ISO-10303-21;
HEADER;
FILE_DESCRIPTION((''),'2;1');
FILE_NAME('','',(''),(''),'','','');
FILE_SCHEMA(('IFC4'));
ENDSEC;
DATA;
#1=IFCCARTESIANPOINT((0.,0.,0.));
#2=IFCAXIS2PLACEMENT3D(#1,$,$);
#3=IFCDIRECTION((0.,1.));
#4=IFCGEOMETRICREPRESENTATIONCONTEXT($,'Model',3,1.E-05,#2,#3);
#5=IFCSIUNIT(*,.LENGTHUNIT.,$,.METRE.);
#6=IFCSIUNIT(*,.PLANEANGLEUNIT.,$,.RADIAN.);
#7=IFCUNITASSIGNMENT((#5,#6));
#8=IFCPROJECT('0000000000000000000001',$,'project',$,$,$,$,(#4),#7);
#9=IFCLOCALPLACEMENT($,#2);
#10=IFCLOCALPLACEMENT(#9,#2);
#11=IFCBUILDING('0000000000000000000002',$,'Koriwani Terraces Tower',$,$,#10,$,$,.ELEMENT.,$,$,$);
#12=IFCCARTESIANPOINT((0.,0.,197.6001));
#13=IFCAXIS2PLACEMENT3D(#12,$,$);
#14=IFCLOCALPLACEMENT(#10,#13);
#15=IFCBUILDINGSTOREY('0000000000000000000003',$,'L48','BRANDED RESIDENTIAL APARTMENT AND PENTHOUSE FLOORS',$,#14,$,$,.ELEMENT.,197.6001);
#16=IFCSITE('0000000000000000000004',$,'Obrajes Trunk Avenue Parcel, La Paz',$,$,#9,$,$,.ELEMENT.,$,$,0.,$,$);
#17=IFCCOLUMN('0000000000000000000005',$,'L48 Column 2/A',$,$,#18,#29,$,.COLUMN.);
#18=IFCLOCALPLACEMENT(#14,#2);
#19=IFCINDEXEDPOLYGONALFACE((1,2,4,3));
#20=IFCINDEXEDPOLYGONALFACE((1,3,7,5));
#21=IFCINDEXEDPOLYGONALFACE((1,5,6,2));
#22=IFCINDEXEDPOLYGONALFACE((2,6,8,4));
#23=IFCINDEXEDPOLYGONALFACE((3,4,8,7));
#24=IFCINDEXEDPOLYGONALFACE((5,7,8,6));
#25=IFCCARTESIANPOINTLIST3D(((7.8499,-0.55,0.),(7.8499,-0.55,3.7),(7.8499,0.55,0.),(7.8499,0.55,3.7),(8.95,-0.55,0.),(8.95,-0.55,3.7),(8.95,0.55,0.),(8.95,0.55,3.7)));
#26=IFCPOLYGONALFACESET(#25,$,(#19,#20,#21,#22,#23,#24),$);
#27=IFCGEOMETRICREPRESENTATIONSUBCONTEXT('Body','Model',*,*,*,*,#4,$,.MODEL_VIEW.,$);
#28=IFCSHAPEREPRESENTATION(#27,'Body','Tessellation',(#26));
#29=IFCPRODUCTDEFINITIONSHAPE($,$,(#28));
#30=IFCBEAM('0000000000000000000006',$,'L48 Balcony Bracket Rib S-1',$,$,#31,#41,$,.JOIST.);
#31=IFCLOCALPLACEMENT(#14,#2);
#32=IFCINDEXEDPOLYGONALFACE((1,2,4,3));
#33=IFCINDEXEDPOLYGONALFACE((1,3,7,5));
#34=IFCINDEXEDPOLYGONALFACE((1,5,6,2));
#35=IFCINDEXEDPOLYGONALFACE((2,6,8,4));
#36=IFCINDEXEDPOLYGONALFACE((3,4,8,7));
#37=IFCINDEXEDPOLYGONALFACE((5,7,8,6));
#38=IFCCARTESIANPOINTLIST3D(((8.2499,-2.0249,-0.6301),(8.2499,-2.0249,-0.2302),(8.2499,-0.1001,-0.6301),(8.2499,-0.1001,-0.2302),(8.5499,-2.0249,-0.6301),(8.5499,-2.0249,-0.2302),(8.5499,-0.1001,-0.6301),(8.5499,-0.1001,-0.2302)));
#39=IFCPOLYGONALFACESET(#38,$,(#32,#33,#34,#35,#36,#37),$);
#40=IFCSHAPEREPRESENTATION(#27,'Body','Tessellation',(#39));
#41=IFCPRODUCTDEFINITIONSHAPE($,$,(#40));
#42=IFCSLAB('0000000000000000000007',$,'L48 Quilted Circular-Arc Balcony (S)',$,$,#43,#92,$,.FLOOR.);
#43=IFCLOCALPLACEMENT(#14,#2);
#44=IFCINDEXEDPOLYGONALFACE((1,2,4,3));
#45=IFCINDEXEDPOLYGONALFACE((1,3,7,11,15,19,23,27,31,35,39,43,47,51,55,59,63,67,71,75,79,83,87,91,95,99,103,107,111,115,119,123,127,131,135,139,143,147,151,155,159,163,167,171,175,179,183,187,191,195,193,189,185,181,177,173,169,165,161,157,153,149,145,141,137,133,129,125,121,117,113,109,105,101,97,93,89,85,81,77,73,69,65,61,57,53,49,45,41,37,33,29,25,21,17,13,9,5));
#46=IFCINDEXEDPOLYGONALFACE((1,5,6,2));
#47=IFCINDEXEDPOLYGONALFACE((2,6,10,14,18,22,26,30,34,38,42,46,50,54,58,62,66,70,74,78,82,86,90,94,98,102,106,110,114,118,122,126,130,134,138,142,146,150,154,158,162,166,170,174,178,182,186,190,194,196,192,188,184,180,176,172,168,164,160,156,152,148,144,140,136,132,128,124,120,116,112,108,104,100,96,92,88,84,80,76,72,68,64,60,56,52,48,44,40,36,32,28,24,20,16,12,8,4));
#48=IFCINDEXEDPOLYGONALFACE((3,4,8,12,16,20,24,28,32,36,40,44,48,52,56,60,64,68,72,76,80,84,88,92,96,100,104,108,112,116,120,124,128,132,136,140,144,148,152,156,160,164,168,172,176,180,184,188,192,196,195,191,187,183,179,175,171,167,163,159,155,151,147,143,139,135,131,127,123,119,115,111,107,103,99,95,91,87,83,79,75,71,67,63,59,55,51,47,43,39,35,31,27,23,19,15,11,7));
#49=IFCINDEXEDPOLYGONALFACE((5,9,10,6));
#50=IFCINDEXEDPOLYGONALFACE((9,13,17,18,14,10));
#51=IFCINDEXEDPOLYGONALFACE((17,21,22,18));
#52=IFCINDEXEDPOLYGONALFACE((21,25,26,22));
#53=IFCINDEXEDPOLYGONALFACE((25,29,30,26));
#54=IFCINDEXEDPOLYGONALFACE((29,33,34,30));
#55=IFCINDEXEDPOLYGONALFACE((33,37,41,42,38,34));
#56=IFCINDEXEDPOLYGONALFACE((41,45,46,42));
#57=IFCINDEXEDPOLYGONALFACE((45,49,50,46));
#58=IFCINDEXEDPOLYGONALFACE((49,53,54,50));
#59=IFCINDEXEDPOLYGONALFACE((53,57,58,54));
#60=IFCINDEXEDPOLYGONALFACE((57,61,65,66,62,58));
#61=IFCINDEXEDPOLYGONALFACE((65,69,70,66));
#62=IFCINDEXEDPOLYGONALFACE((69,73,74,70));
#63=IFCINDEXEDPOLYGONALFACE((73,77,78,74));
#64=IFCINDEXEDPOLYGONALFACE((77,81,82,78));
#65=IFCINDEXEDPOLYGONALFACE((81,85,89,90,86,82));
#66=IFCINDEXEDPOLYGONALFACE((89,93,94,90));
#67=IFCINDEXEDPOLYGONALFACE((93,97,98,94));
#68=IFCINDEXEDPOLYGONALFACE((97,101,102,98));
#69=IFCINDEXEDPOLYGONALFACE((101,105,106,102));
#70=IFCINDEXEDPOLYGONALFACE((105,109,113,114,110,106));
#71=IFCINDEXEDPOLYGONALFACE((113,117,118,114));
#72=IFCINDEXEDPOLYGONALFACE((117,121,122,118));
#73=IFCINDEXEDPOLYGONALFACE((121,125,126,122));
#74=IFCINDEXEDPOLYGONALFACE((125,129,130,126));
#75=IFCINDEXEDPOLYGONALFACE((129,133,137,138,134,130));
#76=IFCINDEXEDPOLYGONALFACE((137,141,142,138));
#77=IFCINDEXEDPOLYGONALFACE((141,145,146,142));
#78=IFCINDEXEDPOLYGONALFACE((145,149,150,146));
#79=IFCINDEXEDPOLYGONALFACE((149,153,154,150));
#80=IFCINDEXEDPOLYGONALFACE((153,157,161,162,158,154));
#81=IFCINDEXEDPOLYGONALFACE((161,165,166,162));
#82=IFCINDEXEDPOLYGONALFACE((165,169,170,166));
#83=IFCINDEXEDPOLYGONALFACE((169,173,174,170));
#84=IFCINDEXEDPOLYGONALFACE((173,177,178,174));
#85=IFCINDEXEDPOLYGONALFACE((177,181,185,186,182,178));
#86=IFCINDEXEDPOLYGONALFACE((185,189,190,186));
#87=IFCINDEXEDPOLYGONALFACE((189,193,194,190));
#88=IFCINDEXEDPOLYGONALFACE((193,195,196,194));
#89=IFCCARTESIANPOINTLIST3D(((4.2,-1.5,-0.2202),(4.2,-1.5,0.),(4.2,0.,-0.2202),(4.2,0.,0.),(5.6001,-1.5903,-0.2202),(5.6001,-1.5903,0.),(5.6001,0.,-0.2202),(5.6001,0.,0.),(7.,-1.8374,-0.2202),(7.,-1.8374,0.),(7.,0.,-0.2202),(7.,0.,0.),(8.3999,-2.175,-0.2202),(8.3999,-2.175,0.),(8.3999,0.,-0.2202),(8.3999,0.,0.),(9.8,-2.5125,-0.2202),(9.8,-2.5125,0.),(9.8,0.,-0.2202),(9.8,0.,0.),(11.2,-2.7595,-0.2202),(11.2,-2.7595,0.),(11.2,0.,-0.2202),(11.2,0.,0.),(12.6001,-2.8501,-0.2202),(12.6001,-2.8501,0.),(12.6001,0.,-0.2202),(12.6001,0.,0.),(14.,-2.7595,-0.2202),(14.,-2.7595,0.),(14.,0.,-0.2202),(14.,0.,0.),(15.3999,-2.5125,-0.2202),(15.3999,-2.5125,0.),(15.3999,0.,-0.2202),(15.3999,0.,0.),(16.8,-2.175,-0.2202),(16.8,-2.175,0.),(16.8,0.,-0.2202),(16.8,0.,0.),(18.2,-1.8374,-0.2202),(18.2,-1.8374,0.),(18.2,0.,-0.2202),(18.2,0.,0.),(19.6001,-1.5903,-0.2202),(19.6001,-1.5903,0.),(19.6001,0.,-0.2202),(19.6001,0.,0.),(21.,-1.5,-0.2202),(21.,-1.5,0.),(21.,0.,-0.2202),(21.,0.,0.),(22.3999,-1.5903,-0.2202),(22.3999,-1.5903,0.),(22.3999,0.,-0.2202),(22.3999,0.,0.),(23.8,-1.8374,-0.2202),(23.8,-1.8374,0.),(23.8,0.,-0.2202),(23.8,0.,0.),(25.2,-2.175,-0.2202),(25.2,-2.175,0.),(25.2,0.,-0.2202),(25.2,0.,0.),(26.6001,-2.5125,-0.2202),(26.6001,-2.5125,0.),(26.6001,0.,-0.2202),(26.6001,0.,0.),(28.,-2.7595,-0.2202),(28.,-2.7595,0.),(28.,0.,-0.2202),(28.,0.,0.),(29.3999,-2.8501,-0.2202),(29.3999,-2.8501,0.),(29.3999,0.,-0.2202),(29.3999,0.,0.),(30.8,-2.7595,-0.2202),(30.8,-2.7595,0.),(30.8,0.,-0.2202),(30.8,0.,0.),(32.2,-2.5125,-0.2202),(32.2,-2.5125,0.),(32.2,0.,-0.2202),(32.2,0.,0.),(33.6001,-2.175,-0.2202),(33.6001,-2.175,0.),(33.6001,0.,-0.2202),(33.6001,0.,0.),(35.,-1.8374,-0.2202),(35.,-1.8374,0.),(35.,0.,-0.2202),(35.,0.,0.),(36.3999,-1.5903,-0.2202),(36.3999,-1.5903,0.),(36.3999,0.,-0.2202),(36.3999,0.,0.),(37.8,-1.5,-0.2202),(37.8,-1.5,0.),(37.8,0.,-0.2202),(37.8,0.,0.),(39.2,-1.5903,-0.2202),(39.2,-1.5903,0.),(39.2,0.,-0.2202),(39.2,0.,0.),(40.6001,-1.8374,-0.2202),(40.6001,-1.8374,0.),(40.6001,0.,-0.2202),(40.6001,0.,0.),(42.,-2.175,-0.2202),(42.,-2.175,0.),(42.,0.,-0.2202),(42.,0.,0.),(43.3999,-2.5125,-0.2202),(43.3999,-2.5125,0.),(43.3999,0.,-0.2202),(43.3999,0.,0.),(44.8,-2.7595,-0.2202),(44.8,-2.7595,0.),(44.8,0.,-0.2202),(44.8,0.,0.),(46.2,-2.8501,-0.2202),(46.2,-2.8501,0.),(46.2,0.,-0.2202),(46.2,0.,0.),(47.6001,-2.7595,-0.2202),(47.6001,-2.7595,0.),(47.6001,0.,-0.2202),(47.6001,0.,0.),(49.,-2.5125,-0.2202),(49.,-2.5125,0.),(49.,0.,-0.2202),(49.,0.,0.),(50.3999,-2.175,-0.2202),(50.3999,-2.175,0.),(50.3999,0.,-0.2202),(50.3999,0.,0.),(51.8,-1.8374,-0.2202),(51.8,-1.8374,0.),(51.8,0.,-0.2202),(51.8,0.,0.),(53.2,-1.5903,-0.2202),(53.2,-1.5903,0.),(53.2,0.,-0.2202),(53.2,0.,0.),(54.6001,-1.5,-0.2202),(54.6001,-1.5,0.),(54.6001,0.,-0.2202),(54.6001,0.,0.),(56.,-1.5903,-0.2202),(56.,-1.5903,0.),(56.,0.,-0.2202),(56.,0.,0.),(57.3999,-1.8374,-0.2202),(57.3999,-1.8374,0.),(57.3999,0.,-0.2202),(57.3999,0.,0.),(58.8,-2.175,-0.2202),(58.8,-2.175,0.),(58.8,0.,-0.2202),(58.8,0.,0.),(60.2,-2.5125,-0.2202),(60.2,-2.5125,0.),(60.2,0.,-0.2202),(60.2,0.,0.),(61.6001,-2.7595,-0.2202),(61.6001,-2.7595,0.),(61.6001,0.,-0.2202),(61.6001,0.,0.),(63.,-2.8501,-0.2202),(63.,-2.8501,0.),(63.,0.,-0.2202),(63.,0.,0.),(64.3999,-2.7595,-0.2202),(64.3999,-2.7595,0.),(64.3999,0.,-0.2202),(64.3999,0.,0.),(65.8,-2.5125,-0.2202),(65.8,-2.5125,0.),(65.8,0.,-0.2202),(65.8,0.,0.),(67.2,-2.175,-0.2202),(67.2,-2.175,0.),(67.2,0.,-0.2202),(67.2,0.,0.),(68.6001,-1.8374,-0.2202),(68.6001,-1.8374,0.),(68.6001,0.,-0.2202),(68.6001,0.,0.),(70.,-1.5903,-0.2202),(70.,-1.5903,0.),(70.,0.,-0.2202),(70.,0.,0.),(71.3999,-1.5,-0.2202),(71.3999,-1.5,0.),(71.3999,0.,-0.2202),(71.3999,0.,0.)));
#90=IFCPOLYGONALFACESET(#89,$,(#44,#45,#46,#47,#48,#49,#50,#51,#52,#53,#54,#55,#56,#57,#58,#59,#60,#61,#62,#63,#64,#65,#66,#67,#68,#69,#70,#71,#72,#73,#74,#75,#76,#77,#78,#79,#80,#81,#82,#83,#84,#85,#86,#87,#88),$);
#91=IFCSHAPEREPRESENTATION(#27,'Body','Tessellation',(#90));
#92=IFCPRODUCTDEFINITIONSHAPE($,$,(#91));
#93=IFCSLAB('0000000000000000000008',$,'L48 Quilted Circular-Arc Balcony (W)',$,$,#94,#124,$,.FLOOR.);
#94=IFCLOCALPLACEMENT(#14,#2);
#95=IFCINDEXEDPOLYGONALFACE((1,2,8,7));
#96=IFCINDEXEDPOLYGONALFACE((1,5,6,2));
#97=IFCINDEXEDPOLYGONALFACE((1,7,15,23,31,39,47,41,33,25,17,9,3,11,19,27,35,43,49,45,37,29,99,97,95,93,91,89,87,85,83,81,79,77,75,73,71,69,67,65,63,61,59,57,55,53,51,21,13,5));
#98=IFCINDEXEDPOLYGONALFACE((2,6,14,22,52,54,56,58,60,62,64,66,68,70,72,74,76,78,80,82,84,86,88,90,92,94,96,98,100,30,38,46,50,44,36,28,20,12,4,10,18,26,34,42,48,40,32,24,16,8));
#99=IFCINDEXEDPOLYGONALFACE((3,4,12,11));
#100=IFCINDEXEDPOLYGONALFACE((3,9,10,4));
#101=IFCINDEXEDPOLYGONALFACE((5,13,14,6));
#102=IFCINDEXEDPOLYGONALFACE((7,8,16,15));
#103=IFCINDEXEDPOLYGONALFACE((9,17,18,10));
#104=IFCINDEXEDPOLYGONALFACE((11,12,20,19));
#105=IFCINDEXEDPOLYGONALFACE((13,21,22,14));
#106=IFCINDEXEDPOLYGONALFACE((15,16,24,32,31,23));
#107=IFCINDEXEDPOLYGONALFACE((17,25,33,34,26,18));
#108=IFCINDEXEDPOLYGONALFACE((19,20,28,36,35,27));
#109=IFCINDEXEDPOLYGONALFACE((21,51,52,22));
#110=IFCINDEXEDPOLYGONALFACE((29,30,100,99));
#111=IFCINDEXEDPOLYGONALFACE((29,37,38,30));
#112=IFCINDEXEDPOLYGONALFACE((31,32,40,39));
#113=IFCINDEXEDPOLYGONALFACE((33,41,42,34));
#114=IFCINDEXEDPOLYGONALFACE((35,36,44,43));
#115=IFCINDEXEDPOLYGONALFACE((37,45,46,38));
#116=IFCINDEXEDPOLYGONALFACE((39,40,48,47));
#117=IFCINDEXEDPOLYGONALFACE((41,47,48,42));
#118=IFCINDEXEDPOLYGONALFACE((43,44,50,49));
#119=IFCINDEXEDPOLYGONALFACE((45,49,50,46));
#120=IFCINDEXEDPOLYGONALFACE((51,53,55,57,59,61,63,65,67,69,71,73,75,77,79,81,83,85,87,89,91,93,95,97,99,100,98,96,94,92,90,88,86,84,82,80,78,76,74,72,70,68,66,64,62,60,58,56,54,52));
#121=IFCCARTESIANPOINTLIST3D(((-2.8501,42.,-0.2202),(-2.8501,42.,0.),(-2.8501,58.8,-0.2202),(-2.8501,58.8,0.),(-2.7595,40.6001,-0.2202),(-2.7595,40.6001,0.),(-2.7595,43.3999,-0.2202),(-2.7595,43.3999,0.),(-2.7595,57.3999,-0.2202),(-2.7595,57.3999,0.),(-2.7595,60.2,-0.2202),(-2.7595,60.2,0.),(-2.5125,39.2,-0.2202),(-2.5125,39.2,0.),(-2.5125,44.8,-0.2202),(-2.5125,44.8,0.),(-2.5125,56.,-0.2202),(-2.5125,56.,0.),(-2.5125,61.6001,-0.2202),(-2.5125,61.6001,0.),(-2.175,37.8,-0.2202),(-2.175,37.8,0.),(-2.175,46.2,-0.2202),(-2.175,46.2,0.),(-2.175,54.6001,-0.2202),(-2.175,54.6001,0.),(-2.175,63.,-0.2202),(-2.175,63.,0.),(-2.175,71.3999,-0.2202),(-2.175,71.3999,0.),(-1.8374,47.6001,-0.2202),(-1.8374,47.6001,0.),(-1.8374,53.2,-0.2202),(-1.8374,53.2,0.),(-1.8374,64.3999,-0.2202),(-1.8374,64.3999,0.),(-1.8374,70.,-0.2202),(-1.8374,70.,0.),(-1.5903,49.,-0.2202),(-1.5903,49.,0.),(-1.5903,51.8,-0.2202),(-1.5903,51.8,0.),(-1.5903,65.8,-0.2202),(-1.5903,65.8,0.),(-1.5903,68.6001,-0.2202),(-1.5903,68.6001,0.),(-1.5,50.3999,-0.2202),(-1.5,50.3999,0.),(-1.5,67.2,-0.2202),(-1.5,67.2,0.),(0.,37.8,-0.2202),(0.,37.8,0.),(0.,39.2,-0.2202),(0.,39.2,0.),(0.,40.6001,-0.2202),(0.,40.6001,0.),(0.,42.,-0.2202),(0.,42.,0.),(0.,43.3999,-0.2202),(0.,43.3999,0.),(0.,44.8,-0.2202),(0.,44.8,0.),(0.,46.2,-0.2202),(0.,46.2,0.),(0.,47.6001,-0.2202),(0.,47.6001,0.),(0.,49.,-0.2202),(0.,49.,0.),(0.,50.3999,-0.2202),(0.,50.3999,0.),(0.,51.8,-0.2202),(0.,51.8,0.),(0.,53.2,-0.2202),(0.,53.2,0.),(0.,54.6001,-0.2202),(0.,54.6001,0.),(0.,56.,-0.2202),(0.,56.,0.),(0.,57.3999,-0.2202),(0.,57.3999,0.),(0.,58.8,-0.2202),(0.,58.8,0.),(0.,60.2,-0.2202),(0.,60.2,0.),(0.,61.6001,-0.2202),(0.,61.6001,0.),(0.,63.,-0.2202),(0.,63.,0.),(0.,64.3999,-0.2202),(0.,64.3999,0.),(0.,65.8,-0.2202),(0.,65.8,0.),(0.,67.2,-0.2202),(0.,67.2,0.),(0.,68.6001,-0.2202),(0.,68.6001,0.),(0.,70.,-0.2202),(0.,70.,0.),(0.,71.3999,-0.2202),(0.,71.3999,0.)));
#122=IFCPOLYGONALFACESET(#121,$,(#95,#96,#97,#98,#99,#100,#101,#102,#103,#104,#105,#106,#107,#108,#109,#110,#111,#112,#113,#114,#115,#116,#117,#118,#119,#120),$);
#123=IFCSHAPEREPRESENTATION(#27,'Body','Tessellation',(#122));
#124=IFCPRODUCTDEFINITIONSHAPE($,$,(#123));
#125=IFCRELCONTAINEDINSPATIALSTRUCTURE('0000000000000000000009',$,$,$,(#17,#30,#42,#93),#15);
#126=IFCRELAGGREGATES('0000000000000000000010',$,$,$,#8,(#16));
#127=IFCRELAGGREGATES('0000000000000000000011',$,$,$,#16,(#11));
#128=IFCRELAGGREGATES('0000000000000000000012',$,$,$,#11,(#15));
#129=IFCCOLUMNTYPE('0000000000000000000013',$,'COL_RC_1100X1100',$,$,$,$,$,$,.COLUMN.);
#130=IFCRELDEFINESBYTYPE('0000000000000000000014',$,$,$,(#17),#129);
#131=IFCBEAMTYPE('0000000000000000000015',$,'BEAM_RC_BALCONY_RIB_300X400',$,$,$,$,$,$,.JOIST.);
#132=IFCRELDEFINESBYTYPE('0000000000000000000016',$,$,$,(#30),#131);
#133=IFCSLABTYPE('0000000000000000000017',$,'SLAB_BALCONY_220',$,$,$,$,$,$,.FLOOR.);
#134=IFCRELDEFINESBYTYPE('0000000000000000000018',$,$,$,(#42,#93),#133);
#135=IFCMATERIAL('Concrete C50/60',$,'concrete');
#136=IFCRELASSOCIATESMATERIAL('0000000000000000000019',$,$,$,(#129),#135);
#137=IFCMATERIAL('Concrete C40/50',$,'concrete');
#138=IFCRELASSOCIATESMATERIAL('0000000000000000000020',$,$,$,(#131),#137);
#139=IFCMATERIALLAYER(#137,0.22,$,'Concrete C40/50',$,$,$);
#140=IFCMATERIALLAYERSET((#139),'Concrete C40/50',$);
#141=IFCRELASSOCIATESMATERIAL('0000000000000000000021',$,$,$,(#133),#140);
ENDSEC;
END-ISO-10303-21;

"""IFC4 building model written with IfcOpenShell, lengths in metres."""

from ifc_helpers import new_model, si_unit, direction, frame, origin, origin_2d, place, context, subcontext, project, spatial, polyline, rectangle, outline, extrude, material, layer, layer_set, material_profile, profile_set, type_object, element, save


model = new_model("IFC4")

# Units and contexts
model_context = context("Model", 3, precision=1e-05, world=origin(), true_north=direction((0.0, 1.0)))
body_context = subcontext(model_context, "Body", "Model", "MODEL_VIEW")
ifc_project = project(units=[si_unit("LENGTHUNIT", "METRE"), si_unit("PLANEANGLEUNIT", "RADIAN")], contexts=[model_context])

# Site, building, storey
site_placement = place(None, origin())
site = spatial("IfcSite", under=ifc_project, at=site_placement, Name="Obrajes Trunk Avenue Parcel, La Paz", CompositionType="ELEMENT", RefElevation=0.0)
building_placement = place(site_placement, origin())
building = spatial("IfcBuilding", under=site, at=building_placement, Name="Koriwani Terraces Tower", CompositionType="ELEMENT")
storey_placement = place(building_placement, frame((0.0, 0.0, 197.6001)))
storey = spatial("IfcBuildingStorey", under=building, at=storey_placement, Name="L48", Description="BRANDED RESIDENTIAL APARTMENT AND PENTHOUSE FLOORS", CompositionType="ELEMENT", Elevation=197.6001)

# Column
ifc_material_1 = material(Name="Concrete C50/60", Category="concrete")
ifc_material_profile_1 = material_profile(ifc_material_1, rectangle(XDim=1.1001, YDim=1.1001, at=origin_2d()), Name="Concrete C50/60", Category="LoadBearing")
ifc_profile_set_1 = profile_set([ifc_material_profile_1], Name="Concrete C50/60")
column_type = type_object("IfcColumnType", Name="COL_RC_1100X1100", PredefinedType="COLUMN", material=ifc_profile_set_1)
column_placement = place(storey_placement, frame((8.3999, 0.0, 0.0), z_axis=(0.0, 0.0, 1.0), x_axis=(1.0, 0.0, 0.0)))
element("IfcColumn", 1, at=column_placement, inside=storey, type_object=column_type, Name="L48 Column 2/A", PredefinedType="COLUMN", context=body_context, shape_type="SweptSolid", body=[
    extrude(rectangle(XDim=1.1001, YDim=1.1001, at=origin_2d()), origin(), (0.0, 0.0, 1.0), 3.7),
])

# Beam
ifc_material_2 = material(Name="Concrete C40/50", Category="concrete")
ifc_material_profile_2 = material_profile(ifc_material_2, rectangle(XDim=0.3, YDim=0.3999, at=origin_2d()), Name="Concrete C40/50", Category="LoadBearing")
ifc_profile_set_2 = profile_set([ifc_material_profile_2], Name="Concrete C40/50")
beam_type = type_object("IfcBeamType", Name="BEAM_RC_BALCONY_RIB_300X400", PredefinedType="JOIST", material=ifc_profile_set_2)
beam_placement = place(storey_placement, frame((8.3999, -2.0249, -0.4302), z_axis=(0.0, 1.0, 0.0), x_axis=(-1.0, 0.0, 0.0)))
element("IfcBeam", 2, at=beam_placement, inside=storey, type_object=beam_type, Name="L48 Balcony Bracket Rib S-1", PredefinedType="JOIST", context=body_context, shape_type="SweptSolid", body=[
    extrude(rectangle(XDim=0.3, YDim=0.3999, at=origin_2d()), origin(), (0.0, 0.0, 1.0), 1.9248),
])

# Slabs
ifc_layer_1 = layer(ifc_material_2, 0.22, Name="Concrete C40/50")
ifc_layer_set_1 = layer_set([ifc_layer_1], Name="Concrete C40/50")
slab_type_1 = type_object("IfcSlabType", Name="SLAB_BALCONY_220", PredefinedType="FLOOR", material=ifc_layer_set_1)
slab_1_placement = place(storey_placement, frame((0.0, 0.0, -0.2202)))
element("IfcSlab", 3, at=slab_1_placement, inside=storey, type_object=slab_type_1, Name="L48 Quilted Circular-Arc Balcony (S)", PredefinedType="FLOOR", context=body_context, shape_type="SweptSolid", body=[
    extrude(outline(polyline([(4.2, 0.0), (5.6001, 0.0), (7.0, 0.0), (8.3999, 0.0), (9.8, 0.0), (11.2, 0.0), (12.6001, 0.0), (14.0, 0.0), (15.3999, 0.0), (16.8, 0.0), (18.2, 0.0), (19.6001, 0.0), (21.0, 0.0), (22.3999, 0.0), (23.8, 0.0), (25.2, 0.0), (26.6001, 0.0), (28.0, 0.0), (29.3999, 0.0), (30.8, 0.0), (32.2, 0.0), (33.6001, 0.0), (35.0, 0.0), (36.3999, 0.0), (37.8, 0.0), (39.2, 0.0), (40.6001, 0.0), (42.0, 0.0), (43.3999, 0.0), (44.8, 0.0), (46.2, 0.0), (47.6001, 0.0), (49.0, 0.0), (50.3999, 0.0), (51.8, 0.0), (53.2, 0.0), (54.6001, 0.0), (56.0, 0.0), (57.3999, 0.0), (58.8, 0.0), (60.2, 0.0), (61.6001, 0.0), (63.0, 0.0), (64.3999, 0.0), (65.8, 0.0), (67.2, 0.0), (68.6001, 0.0), (70.0, 0.0), (71.3999, 0.0), (71.3999, -1.5), (70.0, -1.5903), (68.6001, -1.8374), (67.2, -2.175), (65.8, -2.5125), (64.3999, -2.7595), (63.0, -2.8501), (61.6001, -2.7595), (60.2, -2.5125), (58.8, -2.175), (57.3999, -1.8374), (56.0, -1.5903), (54.6001, -1.5), (53.2, -1.5903), (51.8, -1.8374), (50.3999, -2.175), (49.0, -2.5125), (47.6001, -2.7595), (46.2, -2.8501), (44.8, -2.7595), (43.3999, -2.5125), (42.0, -2.175), (40.6001, -1.8374), (39.2, -1.5903), (37.8, -1.5), (36.3999, -1.5903), (35.0, -1.8374), (33.6001, -2.175), (32.2, -2.5125), (30.8, -2.7595), (29.3999, -2.8501), (28.0, -2.7595), (26.6001, -2.5125), (25.2, -2.175), (23.8, -1.8374), (22.3999, -1.5903), (21.0, -1.5), (19.6001, -1.5903), (18.2, -1.8374), (16.8, -2.175), (15.3999, -2.5125), (14.0, -2.7595), (12.6001, -2.8501), (11.2, -2.7595), (9.8, -2.5125), (8.3999, -2.175), (7.0, -1.8374), (5.6001, -1.5903), (4.2, -1.5), (4.2, 0.0)])), origin(), (0.0, 0.0, 1.0), 0.2202),
])
slab_2_placement = place(storey_placement, frame((0.0, 0.0, -0.2202)))
element("IfcSlab", 4, at=slab_2_placement, inside=storey, type_object=slab_type_1, Name="L48 Quilted Circular-Arc Balcony (W)", PredefinedType="FLOOR", context=body_context, shape_type="SweptSolid", body=[
    extrude(outline(polyline([(0.0, 37.8), (0.0, 39.2), (0.0, 40.6001), (0.0, 42.0), (0.0, 43.3999), (0.0, 44.8), (0.0, 46.2), (0.0, 47.6001), (0.0, 49.0), (0.0, 50.3999), (0.0, 51.8), (0.0, 53.2), (0.0, 54.6001), (0.0, 56.0), (0.0, 57.3999), (0.0, 58.8), (0.0, 60.2), (0.0, 61.6001), (0.0, 63.0), (0.0, 64.3999), (0.0, 65.8), (0.0, 67.2), (0.0, 68.6001), (0.0, 70.0), (0.0, 71.3999), (-2.175, 71.3999), (-1.8374, 70.0), (-1.5903, 68.6001), (-1.5, 67.2), (-1.5903, 65.8), (-1.8374, 64.3999), (-2.175, 63.0), (-2.5125, 61.6001), (-2.7595, 60.2), (-2.8501, 58.8), (-2.7595, 57.3999), (-2.5125, 56.0), (-2.175, 54.6001), (-1.8374, 53.2), (-1.5903, 51.8), (-1.5, 50.3999), (-1.5903, 49.0), (-1.8374, 47.6001), (-2.175, 46.2), (-2.5125, 44.8), (-2.7595, 43.3999), (-2.8501, 42.0), (-2.7595, 40.6001), (-2.5125, 39.2), (-2.175, 37.8), (0.0, 37.8)])), origin(), (0.0, 0.0, 1.0), 0.2202),
])

save(model, "model.ifc")
